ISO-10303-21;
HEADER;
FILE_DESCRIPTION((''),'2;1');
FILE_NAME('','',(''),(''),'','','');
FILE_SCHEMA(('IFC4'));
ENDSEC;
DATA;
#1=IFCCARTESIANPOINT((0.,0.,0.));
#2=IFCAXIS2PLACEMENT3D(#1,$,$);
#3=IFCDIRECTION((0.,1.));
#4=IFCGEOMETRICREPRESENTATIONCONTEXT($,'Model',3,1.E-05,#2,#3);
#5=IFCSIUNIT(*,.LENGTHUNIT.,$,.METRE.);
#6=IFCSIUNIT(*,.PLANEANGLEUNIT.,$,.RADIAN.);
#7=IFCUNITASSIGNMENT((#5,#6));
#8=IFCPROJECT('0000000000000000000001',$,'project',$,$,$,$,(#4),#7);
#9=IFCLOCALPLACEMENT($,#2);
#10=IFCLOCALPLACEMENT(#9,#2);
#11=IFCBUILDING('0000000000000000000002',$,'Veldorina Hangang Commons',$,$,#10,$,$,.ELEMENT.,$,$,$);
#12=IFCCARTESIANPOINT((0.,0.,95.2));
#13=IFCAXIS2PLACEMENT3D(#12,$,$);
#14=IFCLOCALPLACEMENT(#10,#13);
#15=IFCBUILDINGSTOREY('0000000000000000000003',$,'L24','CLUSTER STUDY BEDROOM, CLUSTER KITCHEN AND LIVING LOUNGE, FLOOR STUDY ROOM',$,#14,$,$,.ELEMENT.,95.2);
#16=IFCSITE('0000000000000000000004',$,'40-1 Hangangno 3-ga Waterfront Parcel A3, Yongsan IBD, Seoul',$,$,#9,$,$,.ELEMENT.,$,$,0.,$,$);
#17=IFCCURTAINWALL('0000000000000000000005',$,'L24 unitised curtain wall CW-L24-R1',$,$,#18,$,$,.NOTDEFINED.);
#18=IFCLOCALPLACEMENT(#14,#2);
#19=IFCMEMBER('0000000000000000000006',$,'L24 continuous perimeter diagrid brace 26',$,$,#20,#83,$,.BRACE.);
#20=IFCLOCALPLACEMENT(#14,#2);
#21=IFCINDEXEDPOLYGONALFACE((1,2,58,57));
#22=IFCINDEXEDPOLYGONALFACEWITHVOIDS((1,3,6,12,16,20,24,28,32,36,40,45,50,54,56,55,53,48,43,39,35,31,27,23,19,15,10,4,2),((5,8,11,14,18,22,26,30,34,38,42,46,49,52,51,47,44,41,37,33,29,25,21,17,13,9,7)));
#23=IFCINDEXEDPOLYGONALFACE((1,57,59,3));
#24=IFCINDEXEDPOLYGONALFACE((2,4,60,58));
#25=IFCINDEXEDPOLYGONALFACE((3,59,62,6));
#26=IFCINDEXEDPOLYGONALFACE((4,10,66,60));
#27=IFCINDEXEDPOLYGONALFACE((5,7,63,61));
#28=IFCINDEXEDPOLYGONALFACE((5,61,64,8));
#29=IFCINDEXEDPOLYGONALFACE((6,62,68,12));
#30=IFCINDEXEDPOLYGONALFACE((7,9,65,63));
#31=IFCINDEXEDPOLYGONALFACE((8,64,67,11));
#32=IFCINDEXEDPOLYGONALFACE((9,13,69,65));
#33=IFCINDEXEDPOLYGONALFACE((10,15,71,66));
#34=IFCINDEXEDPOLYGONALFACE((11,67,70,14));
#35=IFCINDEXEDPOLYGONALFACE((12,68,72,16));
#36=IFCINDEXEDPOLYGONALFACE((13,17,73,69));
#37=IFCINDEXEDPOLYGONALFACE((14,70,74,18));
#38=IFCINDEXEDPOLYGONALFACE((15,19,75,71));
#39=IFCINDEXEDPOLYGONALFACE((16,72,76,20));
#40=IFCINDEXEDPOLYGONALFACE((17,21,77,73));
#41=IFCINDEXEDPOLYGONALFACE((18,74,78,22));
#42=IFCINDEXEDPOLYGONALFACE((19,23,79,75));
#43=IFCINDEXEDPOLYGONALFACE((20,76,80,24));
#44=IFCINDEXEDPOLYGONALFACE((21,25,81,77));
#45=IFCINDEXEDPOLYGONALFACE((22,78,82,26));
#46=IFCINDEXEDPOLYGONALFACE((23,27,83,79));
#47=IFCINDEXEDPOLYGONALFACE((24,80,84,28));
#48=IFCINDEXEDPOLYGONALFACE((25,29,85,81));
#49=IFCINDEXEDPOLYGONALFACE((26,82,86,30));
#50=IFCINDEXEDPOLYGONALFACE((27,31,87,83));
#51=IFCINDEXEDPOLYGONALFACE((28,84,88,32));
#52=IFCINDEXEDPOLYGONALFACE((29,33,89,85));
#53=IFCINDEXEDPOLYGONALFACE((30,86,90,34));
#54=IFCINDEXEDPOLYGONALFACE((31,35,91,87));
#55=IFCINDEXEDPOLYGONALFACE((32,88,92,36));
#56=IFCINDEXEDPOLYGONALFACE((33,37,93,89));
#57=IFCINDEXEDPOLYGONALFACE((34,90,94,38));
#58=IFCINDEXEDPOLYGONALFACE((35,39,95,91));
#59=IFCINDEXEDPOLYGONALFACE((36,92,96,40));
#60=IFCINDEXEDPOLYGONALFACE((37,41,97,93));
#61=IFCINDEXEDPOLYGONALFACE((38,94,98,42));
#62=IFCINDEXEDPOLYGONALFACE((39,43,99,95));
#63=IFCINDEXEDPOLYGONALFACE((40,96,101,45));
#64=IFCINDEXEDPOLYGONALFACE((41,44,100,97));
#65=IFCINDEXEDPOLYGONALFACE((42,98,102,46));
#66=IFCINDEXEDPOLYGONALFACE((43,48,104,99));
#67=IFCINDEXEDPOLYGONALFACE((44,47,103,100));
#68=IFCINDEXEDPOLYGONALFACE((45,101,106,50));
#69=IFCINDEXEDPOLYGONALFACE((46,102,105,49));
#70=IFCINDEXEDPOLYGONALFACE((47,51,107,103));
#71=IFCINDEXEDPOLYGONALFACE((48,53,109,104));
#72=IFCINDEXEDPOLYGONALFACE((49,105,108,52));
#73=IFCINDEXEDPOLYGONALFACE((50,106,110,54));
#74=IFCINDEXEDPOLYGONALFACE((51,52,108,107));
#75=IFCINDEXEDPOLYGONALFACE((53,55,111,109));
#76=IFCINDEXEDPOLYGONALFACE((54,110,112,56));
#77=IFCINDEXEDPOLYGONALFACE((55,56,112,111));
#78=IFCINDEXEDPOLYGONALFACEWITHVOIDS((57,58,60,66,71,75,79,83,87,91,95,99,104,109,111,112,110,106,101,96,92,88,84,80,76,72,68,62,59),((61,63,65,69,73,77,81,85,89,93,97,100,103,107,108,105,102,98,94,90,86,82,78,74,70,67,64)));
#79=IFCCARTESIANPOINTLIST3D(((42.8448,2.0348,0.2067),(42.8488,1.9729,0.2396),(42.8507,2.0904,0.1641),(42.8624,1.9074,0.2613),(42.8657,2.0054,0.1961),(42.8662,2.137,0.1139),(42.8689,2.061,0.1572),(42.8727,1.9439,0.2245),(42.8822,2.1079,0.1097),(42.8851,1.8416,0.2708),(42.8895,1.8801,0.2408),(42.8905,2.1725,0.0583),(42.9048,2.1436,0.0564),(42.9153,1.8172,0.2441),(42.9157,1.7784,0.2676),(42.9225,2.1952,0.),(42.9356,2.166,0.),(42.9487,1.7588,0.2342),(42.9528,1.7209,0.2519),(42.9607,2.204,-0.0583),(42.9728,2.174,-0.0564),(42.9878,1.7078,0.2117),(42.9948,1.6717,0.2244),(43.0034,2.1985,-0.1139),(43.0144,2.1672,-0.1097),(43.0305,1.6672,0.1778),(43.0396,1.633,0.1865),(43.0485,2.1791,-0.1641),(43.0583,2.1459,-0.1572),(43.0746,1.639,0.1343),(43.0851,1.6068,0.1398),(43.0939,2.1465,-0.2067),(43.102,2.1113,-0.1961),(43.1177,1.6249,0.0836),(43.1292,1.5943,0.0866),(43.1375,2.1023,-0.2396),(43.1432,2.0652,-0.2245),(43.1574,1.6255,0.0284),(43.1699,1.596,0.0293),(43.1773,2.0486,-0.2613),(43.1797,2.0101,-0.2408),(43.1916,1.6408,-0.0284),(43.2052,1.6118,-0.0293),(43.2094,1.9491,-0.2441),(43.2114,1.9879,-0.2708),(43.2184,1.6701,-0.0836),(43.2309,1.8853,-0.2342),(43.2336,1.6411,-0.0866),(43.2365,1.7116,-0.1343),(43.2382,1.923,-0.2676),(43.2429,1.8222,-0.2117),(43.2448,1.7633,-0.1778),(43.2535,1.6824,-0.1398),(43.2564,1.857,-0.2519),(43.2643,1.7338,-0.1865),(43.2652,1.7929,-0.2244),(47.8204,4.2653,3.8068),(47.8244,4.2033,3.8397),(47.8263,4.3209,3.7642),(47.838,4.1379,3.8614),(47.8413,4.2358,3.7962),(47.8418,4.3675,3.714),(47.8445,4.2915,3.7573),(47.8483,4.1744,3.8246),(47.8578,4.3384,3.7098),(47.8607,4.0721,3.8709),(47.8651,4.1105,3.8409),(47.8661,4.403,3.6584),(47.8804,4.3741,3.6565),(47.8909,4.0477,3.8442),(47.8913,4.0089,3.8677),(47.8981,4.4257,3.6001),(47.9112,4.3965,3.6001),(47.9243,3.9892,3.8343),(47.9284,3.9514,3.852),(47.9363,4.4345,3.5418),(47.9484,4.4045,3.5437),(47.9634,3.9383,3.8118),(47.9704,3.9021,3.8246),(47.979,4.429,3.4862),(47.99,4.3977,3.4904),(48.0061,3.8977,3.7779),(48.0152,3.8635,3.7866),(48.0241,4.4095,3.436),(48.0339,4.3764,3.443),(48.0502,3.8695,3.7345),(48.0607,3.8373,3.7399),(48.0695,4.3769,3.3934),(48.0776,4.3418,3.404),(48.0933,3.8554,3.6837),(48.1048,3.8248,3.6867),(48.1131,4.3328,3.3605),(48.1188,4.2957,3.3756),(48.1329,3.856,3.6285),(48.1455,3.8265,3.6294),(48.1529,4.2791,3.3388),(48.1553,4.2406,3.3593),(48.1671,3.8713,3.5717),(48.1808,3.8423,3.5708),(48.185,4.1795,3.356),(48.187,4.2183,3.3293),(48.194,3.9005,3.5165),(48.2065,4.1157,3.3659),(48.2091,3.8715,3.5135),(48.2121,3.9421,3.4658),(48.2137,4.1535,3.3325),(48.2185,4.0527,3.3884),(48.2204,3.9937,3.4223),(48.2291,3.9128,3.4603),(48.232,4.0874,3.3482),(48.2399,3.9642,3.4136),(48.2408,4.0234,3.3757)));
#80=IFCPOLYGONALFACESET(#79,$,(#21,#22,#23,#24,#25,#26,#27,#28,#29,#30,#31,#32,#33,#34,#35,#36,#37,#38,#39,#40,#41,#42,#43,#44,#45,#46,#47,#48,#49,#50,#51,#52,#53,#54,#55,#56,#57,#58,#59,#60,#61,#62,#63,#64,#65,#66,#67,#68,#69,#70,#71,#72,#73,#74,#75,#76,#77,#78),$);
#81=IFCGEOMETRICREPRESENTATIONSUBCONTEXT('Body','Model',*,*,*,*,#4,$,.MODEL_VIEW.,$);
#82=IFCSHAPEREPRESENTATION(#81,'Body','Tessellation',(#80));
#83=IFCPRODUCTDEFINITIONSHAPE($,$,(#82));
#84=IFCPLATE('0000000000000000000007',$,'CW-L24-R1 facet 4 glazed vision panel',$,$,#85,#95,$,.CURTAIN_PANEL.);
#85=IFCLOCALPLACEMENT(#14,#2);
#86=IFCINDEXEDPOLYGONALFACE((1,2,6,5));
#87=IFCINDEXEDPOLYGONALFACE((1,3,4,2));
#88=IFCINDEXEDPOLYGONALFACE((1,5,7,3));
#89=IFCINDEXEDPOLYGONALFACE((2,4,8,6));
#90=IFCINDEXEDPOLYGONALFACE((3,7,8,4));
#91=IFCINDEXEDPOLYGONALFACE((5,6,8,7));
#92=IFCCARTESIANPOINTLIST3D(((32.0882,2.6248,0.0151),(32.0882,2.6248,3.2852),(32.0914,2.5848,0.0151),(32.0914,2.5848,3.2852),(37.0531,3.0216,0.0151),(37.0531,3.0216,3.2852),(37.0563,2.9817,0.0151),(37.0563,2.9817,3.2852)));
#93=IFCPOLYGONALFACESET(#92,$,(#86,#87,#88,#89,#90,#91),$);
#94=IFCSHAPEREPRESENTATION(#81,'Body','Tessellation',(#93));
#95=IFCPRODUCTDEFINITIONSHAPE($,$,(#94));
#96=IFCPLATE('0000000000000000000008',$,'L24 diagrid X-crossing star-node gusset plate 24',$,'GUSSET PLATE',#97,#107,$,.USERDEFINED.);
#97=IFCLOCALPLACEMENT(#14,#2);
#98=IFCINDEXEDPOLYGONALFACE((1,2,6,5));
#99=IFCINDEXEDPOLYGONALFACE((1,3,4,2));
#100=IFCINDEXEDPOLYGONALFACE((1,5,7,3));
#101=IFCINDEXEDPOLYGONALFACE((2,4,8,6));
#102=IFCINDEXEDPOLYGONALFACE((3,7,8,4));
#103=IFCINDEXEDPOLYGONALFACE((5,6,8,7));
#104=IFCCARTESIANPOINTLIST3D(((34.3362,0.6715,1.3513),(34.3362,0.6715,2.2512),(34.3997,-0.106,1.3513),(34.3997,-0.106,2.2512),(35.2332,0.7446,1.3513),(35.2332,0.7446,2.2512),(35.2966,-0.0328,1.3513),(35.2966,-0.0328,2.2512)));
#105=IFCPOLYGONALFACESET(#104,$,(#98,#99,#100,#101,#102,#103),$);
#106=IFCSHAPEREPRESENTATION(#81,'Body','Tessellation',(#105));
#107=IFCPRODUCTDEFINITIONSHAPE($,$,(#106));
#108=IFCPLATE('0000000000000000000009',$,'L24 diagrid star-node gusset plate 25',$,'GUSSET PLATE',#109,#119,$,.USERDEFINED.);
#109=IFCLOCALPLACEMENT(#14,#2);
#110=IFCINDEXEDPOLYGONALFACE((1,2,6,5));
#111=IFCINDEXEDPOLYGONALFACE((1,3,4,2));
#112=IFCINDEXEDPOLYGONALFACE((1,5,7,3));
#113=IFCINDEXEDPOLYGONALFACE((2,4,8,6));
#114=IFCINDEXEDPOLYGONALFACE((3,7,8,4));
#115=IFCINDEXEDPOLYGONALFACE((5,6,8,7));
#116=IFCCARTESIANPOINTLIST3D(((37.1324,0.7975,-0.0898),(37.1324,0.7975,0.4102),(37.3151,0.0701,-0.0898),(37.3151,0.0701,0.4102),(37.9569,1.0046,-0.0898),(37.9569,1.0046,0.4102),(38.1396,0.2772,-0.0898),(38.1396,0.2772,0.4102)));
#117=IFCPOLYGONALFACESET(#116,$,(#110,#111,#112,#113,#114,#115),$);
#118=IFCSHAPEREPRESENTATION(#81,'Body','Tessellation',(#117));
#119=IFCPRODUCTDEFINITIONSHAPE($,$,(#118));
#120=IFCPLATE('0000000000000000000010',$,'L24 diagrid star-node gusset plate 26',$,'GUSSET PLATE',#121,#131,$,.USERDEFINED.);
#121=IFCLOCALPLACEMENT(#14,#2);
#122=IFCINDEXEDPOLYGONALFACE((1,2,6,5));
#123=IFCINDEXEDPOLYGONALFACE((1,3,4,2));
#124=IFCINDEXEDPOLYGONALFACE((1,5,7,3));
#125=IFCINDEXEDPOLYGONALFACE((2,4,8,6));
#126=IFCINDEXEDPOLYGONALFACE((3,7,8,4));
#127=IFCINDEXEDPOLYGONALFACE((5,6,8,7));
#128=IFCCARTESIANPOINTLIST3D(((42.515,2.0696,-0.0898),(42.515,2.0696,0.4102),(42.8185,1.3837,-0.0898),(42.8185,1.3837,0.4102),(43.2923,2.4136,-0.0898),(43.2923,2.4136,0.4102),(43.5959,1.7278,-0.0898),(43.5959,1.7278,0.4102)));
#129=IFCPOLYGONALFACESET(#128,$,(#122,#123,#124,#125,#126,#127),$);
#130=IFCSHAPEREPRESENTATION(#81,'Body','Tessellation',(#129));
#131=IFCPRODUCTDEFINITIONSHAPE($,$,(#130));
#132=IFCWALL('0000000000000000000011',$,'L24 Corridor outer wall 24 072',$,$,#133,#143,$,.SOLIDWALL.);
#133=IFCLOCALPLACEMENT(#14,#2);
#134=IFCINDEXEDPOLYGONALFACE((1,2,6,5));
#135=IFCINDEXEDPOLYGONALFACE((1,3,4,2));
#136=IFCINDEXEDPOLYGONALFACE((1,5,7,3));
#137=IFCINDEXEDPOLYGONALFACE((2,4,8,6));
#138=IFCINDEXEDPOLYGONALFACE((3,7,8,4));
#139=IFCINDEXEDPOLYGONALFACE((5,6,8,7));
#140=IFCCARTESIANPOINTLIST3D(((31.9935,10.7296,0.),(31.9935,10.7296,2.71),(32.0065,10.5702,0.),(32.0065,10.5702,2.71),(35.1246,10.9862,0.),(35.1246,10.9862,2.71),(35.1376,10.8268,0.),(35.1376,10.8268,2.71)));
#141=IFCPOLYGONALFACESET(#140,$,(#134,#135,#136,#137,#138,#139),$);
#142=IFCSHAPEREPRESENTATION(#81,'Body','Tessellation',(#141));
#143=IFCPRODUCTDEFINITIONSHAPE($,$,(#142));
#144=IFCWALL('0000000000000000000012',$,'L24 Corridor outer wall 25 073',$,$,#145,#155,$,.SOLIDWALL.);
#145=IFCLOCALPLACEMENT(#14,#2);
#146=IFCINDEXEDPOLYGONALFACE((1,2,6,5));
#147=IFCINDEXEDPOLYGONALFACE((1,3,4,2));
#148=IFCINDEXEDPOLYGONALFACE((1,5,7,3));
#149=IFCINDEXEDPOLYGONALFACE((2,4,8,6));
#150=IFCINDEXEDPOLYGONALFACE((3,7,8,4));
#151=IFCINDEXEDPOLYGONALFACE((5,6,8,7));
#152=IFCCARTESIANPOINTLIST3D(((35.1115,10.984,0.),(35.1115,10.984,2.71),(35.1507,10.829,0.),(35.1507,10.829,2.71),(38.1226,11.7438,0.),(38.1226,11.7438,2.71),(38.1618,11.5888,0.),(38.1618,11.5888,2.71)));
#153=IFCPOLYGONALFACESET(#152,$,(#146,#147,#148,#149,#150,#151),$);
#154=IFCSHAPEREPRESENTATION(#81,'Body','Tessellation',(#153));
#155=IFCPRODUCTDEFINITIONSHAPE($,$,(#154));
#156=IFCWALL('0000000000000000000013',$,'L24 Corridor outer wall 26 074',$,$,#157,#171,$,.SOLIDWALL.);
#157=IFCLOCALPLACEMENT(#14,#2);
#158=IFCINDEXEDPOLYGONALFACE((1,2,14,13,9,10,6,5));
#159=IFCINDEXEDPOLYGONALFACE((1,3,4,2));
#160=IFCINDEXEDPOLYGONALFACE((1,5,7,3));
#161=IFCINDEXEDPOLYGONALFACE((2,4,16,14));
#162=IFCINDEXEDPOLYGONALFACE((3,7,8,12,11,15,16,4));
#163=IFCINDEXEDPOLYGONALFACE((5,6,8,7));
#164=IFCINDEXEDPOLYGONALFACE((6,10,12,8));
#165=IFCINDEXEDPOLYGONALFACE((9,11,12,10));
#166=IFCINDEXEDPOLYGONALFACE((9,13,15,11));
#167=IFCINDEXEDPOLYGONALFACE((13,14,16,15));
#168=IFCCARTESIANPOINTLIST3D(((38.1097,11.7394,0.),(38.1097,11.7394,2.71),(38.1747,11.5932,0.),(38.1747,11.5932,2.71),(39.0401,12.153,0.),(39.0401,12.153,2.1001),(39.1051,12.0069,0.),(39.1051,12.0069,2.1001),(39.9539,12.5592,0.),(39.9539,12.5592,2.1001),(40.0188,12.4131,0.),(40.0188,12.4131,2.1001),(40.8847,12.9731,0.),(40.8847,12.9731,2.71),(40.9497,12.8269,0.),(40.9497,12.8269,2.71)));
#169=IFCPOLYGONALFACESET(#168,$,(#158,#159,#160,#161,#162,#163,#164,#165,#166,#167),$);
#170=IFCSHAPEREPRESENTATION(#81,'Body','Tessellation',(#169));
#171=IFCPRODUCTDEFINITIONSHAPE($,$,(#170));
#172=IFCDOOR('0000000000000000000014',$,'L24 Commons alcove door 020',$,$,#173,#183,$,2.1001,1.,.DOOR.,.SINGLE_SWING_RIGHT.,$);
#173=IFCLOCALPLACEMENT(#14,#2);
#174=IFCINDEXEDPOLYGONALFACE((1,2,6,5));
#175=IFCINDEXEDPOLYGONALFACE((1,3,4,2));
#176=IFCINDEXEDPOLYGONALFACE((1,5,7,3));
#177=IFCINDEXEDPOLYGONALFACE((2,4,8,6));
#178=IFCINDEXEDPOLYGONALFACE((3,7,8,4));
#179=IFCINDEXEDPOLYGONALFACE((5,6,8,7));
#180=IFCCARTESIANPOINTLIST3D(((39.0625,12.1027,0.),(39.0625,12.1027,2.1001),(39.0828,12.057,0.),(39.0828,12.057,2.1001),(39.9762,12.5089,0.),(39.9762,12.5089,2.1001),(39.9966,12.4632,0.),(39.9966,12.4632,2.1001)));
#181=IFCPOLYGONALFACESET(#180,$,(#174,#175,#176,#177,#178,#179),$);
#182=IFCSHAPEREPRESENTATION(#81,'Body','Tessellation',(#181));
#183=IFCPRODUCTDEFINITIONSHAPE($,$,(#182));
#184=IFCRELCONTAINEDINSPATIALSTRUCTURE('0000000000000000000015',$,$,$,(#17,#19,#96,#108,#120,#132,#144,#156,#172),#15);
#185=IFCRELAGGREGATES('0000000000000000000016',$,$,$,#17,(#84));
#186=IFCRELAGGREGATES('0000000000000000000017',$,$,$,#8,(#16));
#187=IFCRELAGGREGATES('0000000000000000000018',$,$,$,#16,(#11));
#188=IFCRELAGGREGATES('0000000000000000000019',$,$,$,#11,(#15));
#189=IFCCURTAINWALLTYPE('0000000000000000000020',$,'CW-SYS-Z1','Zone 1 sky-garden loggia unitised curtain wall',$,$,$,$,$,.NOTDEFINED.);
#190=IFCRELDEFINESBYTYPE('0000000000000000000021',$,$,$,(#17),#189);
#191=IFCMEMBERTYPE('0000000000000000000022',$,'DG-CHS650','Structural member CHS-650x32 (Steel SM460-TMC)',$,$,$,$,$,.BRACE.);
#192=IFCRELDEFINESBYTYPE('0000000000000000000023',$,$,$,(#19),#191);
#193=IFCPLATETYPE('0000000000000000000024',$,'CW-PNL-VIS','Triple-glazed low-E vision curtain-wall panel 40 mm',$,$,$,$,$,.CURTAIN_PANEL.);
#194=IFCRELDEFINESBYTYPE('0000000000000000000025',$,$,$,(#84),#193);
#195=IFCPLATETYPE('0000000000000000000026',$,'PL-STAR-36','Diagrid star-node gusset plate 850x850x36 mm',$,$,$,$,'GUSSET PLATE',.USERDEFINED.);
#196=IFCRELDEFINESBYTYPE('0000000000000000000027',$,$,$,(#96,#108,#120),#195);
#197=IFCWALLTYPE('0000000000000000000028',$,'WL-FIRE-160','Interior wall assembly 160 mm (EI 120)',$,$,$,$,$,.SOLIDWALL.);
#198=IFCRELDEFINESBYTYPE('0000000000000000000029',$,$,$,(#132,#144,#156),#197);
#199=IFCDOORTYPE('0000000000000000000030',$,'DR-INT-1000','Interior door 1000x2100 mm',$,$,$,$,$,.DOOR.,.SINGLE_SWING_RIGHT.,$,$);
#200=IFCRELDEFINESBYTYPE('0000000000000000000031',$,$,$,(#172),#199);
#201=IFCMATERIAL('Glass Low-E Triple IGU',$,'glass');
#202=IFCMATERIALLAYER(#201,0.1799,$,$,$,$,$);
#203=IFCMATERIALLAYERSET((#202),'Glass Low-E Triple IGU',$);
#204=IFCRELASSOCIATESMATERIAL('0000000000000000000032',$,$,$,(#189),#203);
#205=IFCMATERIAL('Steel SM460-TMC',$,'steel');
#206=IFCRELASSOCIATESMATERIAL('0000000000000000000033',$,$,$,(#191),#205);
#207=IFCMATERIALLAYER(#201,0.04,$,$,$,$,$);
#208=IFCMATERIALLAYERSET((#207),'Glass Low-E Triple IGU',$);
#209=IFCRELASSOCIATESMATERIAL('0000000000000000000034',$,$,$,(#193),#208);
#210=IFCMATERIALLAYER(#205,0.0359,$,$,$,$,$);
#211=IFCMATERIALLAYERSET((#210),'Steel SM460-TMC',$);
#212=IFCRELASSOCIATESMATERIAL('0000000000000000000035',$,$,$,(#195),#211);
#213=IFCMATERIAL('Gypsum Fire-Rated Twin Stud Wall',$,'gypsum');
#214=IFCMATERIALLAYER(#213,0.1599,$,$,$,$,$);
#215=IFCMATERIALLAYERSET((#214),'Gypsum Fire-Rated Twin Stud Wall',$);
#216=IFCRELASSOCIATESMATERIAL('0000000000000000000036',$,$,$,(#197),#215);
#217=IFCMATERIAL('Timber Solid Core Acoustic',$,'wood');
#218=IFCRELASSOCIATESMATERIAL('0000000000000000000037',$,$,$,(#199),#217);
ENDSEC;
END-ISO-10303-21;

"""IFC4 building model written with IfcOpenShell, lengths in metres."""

from ifc_helpers import new_model, si_unit, direction, frame, frame_2d, origin, origin_2d, place, context, subcontext, project, spatial, rectangle, hollow_circle, extrude, material, layer, layer_set, material_profile, profile_set, type_object, element, fill, aggregate, save


model = new_model("IFC4")

# Units and contexts
model_context = context("Model", 3, precision=1e-05, world=origin(), true_north=direction((0.0, 1.0)))
body_context = subcontext(model_context, "Body", "Model", "MODEL_VIEW")
ifc_project = project(units=[si_unit("LENGTHUNIT", "METRE"), si_unit("PLANEANGLEUNIT", "RADIAN")], contexts=[model_context])

# Site, building, storey
site_placement = place(None, origin())
site = spatial("IfcSite", under=ifc_project, at=site_placement, Name="40-1 Hangangno 3-ga Waterfront Parcel A3, Yongsan IBD, Seoul", CompositionType="ELEMENT", RefElevation=0.0)
building_placement = place(site_placement, origin())
building = spatial("IfcBuilding", under=site, at=building_placement, Name="Veldorina Hangang Commons", CompositionType="ELEMENT")
storey_placement = place(building_placement, frame((0.0, 0.0, 95.2)))
storey = spatial("IfcBuildingStorey", under=building, at=storey_placement, Name="L24", Description="CLUSTER STUDY BEDROOM, CLUSTER KITCHEN AND LIVING LOUNGE, FLOOR STUDY ROOM", CompositionType="ELEMENT", Elevation=95.2)

# Curtain wall
ifc_material_1 = material(Name="Glass Low-E Triple IGU", Category="glass")
ifc_layer_1 = layer(ifc_material_1, 0.1799)
ifc_layer_set_1 = layer_set([ifc_layer_1], Name="Glass Low-E Triple IGU")
curtain_wall_type = type_object("IfcCurtainWallType", Name="CW-SYS-Z1", Description="Zone 1 sky-garden loggia unitised curtain wall", PredefinedType="NOTDEFINED", material=ifc_layer_set_1)
curtain_wall_1_placement = place(storey_placement, origin())
curtain_wall_1 = element("IfcCurtainWall", 1, at=curtain_wall_1_placement, inside=storey, type_object=curtain_wall_type, Name="L24 unitised curtain wall CW-L24-R1", PredefinedType="NOTDEFINED")

# Member
ifc_material_2 = material(Name="Steel SM460-TMC", Category="steel")
ifc_material_profile_1 = material_profile(ifc_material_2, hollow_circle(Radius=0.325, WallThickness=0.032, at=origin_2d()), Name="CHS-650x32")
ifc_profile_set_1 = profile_set([ifc_material_profile_1], Name="Steel SM460-TMC")
member_type_1 = type_object("IfcMemberType", Name="DG-CHS650", Description="Structural member CHS-650x32 (Steel SM460-TMC)", PredefinedType="BRACE", material=ifc_profile_set_1)
member_1_placement = place(storey_placement, frame((43.0554, 1.8987, 0.0), z_axis=(0.761501, 0.341367, 0.550986), x_axis=(-0.409061, 0.912507, 0.0)))
element("IfcMember", 2, at=member_1_placement, inside=storey, type_object=member_type_1, Name="L24 continuous perimeter diagrid brace 26", PredefinedType="BRACE", context=body_context, shape_type="SweptSolid", body=[
    extrude(hollow_circle(Radius=0.325, WallThickness=0.032, at=origin_2d()), origin(), (0.0, 0.0, 1.0), 6.5339),
])

# Plate
ifc_layer_2 = layer(ifc_material_1, 0.04)
ifc_layer_set_2 = layer_set([ifc_layer_2], Name="Glass Low-E Triple IGU")
plate_type_1 = type_object("IfcPlateType", Name="CW-PNL-VIS", Description="Triple-glazed low-E vision curtain-wall panel 40 mm", PredefinedType="CURTAIN_PANEL", material=ifc_layer_set_2)
plate_1_placement = place(storey_placement, frame((34.5723, 2.8032, 0.0151), z_axis=(0.0, 0.0, 1.0), x_axis=(0.996821, 0.079677, 0.0)))
plate_1 = element("IfcPlate", 3, at=plate_1_placement, type_object=plate_type_1, Name="CW-L24-R1 facet 4 glazed vision panel", PredefinedType="CURTAIN_PANEL", context=body_context, shape_type="SweptSolid", body=[
    extrude(rectangle(XDim=4.9807, YDim=0.04, at=origin_2d()), origin(), (0.0, 0.0, 1.0), 3.27),
])
aggregate(curtain_wall_1, [plate_1])

# Plates
ifc_layer_3 = layer(ifc_material_2, 0.0359)
ifc_layer_set_3 = layer_set([ifc_layer_3], Name="Steel SM460-TMC")
plate_type_2 = type_object("IfcPlateType", Name="PL-STAR-36", Description="Diagrid star-node gusset plate 850x850x36 mm", ElementType="GUSSET PLATE", PredefinedType="USERDEFINED", material=ifc_layer_set_3)
plate_2_placement = place(storey_placement, frame((34.8164, 0.3193, 1.3513), z_axis=(0.0, 0.0, 1.0), x_axis=(0.99669, 0.081295, 0.0)))
element("IfcPlate", 4, at=plate_2_placement, inside=storey, type_object=plate_type_2, Name="L24 diagrid X-crossing star-node gusset plate 24", ObjectType="GUSSET PLATE", PredefinedType="USERDEFINED", context=body_context, shape_type="SweptSolid", body=[
    extrude(rectangle(XDim=0.8999, YDim=0.78, at=origin_2d()), origin(), (0.0, 0.0, 1.0), 0.8999),
])
for number, where, z_axis, x_axis, name in (
    (5, (37.636, 0.5374, -0.0898), (0.0, 0.0, 1.0), (0.969872, 0.243615, 0.0), "L24 diagrid star-node gusset plate 25"),
    (6, (43.0554, 1.8987, -0.0898), (0.0, 0.0, 1.0), (0.914431, 0.404743, 0.0), "L24 diagrid star-node gusset plate 26"),
):
    element("IfcPlate", number, at=place(storey_placement, frame(where, z_axis=z_axis, x_axis=x_axis)), inside=storey, type_object=plate_type_2, Name=name, ObjectType="GUSSET PLATE", PredefinedType="USERDEFINED", context=body_context, shape_type="SweptSolid", body=[
        extrude(rectangle(XDim=0.8501, YDim=0.75, at=origin_2d()), origin(), (0.0, 0.0, 1.0), 0.5),
    ])

# Walls
ifc_material_3 = material(Name="Gypsum Fire-Rated Twin Stud Wall", Category="gypsum")
ifc_layer_4 = layer(ifc_material_3, 0.1599)
ifc_layer_set_4 = layer_set([ifc_layer_4], Name="Gypsum Fire-Rated Twin Stud Wall")
wall_type_1 = type_object("IfcWallType", Name="WL-FIRE-160", Description="Interior wall assembly 160 mm (EI 120)", PredefinedType="SOLIDWALL", material=ifc_layer_set_4)
wall_1_placement = place(storey_placement, frame((32.0, 10.6499, 0.0), z_axis=(0.0, 0.0, 1.0), x_axis=(0.996659, 0.081676, 0.0)))
element("IfcWall", 7, at=wall_1_placement, inside=storey, type_object=wall_type_1, Name="L24 Corridor outer wall 24 072", PredefinedType="SOLIDWALL", context=body_context, shape_type="SweptSolid", body=[
    extrude(rectangle(XDim=3.1416, YDim=0.1599, at=frame_2d((1.5708, 0.0))), origin(), (0.0, 0.0, 1.0), 2.71),
])
wall_2_placement = place(storey_placement, frame((35.1311, 10.9065, 0.0), z_axis=(0.0, 0.0, 1.0), x_axis=(0.969608, 0.244662, 0.0)))
element("IfcWall", 8, at=wall_2_placement, inside=storey, type_object=wall_type_1, Name="L24 Corridor outer wall 25 073", PredefinedType="SOLIDWALL", context=body_context, shape_type="SweptSolid", body=[
    extrude(rectangle(XDim=3.1055, YDim=0.1599, at=frame_2d((1.5527, 0.0))), origin(), (0.0, 0.0, 1.0), 2.71),
])

# Wall, opening, door
wall_3_placement = place(storey_placement, frame((38.1421, 11.6663, 0.0), z_axis=(0.0, 0.0, 1.0), x_axis=(0.913768, 0.406235, 0.0)))
wall_3 = element("IfcWall", 9, at=wall_3_placement, inside=storey, type_object=wall_type_1, Name="L24 Corridor outer wall 26 074", PredefinedType="SOLIDWALL", context=body_context, shape_type="SweptSolid", body=[
    extrude(rectangle(XDim=3.0369, YDim=0.1599, at=frame_2d((1.5186, 0.0))), origin(), (0.0, 0.0, 1.0), 2.71),
])
opening_1_placement = place(wall_3_placement, frame((1.0183, 0.0, 0.0)))
opening_1 = element("IfcOpeningElement", 10, at=opening_1_placement, cuts=wall_3, PredefinedType="OPENING", context=body_context, shape_type="SweptSolid", body=[
    extrude(rectangle(XDim=1.0, YDim=2.1001, at=frame_2d((0.5, 1.05))), frame((0.0, 0.0898, 0.0), z_axis=(0.0, -1.0, 0.0), x_axis=(1.0, 0.0, 0.0)), (0.0, 0.0, 1.0), 0.1799),
])
ifc_material_4 = material(Name="Timber Solid Core Acoustic", Category="wood")
door_type_1 = type_object("IfcDoorType", Name="DR-INT-1000", Description="Interior door 1000x2100 mm", OperationType="SINGLE_SWING_RIGHT", PredefinedType="DOOR", material=ifc_material_4)
door_1_placement = place(opening_1_placement, origin())
door_1 = element("IfcDoor", 11, at=door_1_placement, inside=storey, type_object=door_type_1, Name="L24 Commons alcove door 020", OperationType="SINGLE_SWING_RIGHT", OverallHeight=2.1001, OverallWidth=1.0, PredefinedType="DOOR", context=body_context, shape_type="SweptSolid", body=[
    extrude(rectangle(XDim=1.0, YDim=2.1001, at=frame_2d((0.5, 1.05))), frame((0.0, 0.0249, 0.0), z_axis=(0.0, -1.0, 0.0), x_axis=(1.0, 0.0, 0.0)), (0.0, 0.0, 1.0), 0.05),
])
fill(opening_1, door_1)

save(model, "model.ifc")
